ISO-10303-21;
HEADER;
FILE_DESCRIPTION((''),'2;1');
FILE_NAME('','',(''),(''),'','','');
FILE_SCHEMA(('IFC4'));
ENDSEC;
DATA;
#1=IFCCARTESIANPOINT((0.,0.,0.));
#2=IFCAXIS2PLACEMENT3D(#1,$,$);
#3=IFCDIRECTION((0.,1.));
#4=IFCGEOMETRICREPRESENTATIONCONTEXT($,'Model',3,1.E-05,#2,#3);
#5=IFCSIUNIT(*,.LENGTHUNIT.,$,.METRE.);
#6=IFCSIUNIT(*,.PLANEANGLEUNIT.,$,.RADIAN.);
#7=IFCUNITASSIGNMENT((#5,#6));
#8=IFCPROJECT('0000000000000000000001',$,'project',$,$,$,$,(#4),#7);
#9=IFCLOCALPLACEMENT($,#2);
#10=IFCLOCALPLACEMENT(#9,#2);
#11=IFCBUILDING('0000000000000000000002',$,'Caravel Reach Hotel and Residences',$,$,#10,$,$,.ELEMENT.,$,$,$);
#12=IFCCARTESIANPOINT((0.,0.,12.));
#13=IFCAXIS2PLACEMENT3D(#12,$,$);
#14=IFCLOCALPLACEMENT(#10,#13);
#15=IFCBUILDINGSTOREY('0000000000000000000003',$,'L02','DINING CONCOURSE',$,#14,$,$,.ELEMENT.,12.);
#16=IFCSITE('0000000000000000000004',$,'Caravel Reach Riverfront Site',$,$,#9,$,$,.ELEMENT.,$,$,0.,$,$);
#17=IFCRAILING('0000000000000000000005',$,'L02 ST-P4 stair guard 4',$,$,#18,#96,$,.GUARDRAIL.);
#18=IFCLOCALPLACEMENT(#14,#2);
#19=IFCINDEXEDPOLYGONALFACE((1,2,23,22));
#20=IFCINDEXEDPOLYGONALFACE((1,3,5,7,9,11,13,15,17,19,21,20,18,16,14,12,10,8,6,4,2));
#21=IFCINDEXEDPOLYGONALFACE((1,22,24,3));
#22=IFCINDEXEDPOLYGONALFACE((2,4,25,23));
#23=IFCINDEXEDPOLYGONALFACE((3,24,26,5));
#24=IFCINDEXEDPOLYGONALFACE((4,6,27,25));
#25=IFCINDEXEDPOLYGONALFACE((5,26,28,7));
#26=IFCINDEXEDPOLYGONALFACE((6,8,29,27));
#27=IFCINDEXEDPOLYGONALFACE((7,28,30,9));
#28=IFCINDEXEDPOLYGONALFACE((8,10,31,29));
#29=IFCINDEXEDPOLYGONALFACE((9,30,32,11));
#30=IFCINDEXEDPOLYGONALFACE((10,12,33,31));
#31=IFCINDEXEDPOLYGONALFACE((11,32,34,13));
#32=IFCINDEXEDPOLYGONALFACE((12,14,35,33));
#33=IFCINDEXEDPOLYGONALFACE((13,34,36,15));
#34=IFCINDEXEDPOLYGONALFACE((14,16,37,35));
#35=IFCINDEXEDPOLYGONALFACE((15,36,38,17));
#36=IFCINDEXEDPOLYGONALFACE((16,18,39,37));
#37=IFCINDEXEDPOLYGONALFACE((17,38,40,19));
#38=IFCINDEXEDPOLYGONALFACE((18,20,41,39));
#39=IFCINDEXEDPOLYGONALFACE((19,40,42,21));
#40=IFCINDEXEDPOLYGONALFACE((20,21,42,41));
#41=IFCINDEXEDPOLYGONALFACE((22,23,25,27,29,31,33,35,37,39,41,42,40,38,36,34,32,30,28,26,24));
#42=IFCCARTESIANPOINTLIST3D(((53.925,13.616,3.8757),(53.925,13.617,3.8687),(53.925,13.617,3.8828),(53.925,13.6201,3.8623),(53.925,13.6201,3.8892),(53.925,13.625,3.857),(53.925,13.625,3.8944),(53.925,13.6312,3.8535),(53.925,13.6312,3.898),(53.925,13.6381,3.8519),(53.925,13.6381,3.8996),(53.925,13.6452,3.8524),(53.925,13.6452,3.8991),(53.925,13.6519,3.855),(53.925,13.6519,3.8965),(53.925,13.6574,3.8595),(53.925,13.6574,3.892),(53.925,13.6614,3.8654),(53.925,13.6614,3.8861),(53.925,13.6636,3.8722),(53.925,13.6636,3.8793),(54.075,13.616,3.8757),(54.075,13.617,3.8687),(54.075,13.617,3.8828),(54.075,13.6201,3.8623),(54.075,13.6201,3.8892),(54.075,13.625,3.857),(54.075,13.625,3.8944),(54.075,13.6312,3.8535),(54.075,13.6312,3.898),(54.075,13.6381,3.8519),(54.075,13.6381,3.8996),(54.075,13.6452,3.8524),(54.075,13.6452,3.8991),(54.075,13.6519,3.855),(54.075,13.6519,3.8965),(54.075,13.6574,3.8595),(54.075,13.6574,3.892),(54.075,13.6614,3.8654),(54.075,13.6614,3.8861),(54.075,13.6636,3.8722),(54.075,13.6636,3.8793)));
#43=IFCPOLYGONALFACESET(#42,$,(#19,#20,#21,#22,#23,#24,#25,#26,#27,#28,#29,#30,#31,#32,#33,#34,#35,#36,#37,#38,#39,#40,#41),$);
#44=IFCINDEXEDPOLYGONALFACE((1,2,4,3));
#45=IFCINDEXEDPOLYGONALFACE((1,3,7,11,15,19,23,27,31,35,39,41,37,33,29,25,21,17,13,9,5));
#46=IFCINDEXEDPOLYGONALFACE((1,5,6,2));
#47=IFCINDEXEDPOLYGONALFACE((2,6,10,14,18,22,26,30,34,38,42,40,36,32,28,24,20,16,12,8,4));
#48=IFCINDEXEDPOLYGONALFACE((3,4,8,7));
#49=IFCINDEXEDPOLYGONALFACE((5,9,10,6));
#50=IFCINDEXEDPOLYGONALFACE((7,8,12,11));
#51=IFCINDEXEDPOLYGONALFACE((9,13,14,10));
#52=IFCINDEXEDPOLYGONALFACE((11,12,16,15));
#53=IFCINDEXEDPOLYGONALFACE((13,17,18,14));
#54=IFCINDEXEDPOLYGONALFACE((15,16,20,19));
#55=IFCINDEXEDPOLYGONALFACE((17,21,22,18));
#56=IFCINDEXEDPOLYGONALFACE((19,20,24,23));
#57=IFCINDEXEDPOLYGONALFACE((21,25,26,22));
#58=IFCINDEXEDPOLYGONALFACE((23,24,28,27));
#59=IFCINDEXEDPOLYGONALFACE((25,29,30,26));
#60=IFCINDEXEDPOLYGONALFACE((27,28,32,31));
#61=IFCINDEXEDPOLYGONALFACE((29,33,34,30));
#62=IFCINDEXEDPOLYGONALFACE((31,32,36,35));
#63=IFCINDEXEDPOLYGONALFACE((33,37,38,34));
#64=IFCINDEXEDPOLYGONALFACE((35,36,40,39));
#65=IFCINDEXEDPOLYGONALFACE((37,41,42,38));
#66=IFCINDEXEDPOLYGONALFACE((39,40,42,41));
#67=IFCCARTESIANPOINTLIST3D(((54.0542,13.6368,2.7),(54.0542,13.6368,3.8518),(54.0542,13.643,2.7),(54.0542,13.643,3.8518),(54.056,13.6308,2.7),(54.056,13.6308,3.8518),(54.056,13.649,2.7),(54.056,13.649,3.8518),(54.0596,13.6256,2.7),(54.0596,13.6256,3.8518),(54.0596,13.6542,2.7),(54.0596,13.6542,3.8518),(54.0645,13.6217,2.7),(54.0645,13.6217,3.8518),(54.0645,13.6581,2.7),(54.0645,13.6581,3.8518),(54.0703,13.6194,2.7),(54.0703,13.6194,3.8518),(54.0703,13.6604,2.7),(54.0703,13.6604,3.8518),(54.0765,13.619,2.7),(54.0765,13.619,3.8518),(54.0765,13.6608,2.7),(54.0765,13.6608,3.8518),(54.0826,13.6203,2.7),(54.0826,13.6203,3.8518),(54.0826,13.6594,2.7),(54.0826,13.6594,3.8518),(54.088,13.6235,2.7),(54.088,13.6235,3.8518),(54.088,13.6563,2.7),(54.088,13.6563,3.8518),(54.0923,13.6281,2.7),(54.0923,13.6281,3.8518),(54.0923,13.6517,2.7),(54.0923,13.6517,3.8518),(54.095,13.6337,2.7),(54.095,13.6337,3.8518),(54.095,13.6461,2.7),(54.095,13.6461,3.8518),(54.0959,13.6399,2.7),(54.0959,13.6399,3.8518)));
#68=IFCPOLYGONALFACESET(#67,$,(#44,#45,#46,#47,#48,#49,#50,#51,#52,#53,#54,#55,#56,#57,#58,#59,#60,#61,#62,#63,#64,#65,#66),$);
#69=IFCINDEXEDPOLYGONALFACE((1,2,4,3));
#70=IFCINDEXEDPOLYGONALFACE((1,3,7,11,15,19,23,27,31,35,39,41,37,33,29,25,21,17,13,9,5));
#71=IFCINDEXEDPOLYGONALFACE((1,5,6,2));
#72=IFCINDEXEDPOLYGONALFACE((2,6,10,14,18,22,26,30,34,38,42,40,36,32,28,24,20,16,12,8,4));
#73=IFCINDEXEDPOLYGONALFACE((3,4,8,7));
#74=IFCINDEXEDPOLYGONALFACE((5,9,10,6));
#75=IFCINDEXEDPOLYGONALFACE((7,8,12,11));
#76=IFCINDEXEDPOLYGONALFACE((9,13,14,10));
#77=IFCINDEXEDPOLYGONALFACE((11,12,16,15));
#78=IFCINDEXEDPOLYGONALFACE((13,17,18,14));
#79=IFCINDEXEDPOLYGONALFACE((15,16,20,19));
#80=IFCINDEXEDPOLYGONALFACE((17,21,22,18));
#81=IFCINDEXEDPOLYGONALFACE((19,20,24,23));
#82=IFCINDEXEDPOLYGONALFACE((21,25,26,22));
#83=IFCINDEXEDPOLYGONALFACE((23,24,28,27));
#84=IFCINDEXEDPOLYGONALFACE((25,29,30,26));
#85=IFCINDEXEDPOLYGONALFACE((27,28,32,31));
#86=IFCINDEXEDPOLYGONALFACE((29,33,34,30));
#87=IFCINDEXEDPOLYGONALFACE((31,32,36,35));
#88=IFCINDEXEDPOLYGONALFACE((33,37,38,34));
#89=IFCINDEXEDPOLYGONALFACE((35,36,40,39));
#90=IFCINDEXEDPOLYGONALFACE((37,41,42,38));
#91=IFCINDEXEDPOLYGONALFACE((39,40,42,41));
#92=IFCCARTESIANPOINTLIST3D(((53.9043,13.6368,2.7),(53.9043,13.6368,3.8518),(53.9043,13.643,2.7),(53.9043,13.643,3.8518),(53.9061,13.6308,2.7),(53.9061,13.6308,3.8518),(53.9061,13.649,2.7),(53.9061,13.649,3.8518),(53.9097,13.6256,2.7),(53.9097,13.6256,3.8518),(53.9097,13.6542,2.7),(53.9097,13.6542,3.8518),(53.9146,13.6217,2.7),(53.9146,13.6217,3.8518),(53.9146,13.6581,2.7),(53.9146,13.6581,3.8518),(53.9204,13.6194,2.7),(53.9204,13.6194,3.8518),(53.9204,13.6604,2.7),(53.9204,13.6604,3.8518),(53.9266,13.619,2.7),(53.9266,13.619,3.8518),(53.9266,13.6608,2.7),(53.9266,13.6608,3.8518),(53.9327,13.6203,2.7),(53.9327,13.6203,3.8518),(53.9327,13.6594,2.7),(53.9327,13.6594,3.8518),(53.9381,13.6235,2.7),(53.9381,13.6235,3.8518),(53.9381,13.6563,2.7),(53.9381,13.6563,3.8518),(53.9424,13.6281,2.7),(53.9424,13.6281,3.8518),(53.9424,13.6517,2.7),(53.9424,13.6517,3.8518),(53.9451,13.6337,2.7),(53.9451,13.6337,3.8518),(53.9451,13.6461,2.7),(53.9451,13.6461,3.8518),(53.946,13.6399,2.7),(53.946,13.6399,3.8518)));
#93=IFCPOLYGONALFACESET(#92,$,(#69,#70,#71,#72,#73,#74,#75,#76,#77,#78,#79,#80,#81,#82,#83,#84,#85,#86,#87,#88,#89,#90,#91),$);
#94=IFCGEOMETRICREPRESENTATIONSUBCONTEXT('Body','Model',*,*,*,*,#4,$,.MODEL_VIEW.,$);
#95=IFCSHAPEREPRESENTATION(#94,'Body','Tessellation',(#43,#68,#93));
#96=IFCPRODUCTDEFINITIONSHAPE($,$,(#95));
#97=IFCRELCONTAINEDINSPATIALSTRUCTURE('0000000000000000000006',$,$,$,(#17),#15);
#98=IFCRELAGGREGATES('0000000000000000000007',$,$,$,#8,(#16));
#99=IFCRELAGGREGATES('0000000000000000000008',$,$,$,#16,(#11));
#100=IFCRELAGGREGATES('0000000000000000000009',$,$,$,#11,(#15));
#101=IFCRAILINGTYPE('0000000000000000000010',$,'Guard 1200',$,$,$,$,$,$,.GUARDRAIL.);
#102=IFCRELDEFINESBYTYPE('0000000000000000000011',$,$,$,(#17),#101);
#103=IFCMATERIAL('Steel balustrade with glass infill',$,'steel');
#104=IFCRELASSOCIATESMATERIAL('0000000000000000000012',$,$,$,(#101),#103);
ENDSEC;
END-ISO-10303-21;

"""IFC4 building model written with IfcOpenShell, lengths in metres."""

from ifc_helpers import new_model, si_unit, direction, frame, origin, origin_2d, place, context, subcontext, project, spatial, circle, extrude, material, type_object, element, save


model = new_model("IFC4")

# Units and contexts
model_context = context("Model", 3, precision=1e-05, world=origin(), true_north=direction((0.0, 1.0)))
body_context = subcontext(model_context, "Body", "Model", "MODEL_VIEW")
ifc_project = project(units=[si_unit("LENGTHUNIT", "METRE"), si_unit("PLANEANGLEUNIT", "RADIAN")], contexts=[model_context])

# Site, building, storey
site_placement = place(None, origin())
site = spatial("IfcSite", under=ifc_project, at=site_placement, Name="Caravel Reach Riverfront Site", CompositionType="ELEMENT", RefElevation=0.0)
building_placement = place(site_placement, origin())
building = spatial("IfcBuilding", under=site, at=building_placement, Name="Caravel Reach Hotel and Residences", CompositionType="ELEMENT")
storey_placement = place(building_placement, frame((0.0, 0.0, 12.0)))
storey = spatial("IfcBuildingStorey", under=building, at=storey_placement, Name="L02", Description="DINING CONCOURSE", CompositionType="ELEMENT", Elevation=12.0)

# Railing
ifc_material_1 = material(Name="Steel balustrade with glass infill", Category="steel")
railing_type_1 = type_object("IfcRailingType", Name="Guard 1200", PredefinedType="GUARDRAIL", material=ifc_material_1)
railing_1_placement = place(storey_placement, frame((54.075, 13.6399, 2.7)))
element("IfcRailing", 1, at=railing_1_placement, inside=storey, type_object=railing_type_1, Name="L02 ST-P4 stair guard 4", PredefinedType="GUARDRAIL", context=body_context, shape_type="SweptSolid", body=[
    extrude(circle(Radius=0.0239, at=origin_2d()), frame((0.0, 0.0, 1.1758), z_axis=(-1.0, 0.0, 0.0), x_axis=(0.0, -1.0, 0.0)), (0.0, 0.0, 1.0), 0.1499),
    extrude(circle(Radius=0.021, at=origin_2d()), origin(), (0.0, 0.0, 1.0), 1.1519),
    extrude(circle(Radius=0.021, at=origin_2d()), frame((-0.1499, 0.0, 0.0)), (0.0, 0.0, 1.0), 1.1519),
])

save(model, "model.ifc")
